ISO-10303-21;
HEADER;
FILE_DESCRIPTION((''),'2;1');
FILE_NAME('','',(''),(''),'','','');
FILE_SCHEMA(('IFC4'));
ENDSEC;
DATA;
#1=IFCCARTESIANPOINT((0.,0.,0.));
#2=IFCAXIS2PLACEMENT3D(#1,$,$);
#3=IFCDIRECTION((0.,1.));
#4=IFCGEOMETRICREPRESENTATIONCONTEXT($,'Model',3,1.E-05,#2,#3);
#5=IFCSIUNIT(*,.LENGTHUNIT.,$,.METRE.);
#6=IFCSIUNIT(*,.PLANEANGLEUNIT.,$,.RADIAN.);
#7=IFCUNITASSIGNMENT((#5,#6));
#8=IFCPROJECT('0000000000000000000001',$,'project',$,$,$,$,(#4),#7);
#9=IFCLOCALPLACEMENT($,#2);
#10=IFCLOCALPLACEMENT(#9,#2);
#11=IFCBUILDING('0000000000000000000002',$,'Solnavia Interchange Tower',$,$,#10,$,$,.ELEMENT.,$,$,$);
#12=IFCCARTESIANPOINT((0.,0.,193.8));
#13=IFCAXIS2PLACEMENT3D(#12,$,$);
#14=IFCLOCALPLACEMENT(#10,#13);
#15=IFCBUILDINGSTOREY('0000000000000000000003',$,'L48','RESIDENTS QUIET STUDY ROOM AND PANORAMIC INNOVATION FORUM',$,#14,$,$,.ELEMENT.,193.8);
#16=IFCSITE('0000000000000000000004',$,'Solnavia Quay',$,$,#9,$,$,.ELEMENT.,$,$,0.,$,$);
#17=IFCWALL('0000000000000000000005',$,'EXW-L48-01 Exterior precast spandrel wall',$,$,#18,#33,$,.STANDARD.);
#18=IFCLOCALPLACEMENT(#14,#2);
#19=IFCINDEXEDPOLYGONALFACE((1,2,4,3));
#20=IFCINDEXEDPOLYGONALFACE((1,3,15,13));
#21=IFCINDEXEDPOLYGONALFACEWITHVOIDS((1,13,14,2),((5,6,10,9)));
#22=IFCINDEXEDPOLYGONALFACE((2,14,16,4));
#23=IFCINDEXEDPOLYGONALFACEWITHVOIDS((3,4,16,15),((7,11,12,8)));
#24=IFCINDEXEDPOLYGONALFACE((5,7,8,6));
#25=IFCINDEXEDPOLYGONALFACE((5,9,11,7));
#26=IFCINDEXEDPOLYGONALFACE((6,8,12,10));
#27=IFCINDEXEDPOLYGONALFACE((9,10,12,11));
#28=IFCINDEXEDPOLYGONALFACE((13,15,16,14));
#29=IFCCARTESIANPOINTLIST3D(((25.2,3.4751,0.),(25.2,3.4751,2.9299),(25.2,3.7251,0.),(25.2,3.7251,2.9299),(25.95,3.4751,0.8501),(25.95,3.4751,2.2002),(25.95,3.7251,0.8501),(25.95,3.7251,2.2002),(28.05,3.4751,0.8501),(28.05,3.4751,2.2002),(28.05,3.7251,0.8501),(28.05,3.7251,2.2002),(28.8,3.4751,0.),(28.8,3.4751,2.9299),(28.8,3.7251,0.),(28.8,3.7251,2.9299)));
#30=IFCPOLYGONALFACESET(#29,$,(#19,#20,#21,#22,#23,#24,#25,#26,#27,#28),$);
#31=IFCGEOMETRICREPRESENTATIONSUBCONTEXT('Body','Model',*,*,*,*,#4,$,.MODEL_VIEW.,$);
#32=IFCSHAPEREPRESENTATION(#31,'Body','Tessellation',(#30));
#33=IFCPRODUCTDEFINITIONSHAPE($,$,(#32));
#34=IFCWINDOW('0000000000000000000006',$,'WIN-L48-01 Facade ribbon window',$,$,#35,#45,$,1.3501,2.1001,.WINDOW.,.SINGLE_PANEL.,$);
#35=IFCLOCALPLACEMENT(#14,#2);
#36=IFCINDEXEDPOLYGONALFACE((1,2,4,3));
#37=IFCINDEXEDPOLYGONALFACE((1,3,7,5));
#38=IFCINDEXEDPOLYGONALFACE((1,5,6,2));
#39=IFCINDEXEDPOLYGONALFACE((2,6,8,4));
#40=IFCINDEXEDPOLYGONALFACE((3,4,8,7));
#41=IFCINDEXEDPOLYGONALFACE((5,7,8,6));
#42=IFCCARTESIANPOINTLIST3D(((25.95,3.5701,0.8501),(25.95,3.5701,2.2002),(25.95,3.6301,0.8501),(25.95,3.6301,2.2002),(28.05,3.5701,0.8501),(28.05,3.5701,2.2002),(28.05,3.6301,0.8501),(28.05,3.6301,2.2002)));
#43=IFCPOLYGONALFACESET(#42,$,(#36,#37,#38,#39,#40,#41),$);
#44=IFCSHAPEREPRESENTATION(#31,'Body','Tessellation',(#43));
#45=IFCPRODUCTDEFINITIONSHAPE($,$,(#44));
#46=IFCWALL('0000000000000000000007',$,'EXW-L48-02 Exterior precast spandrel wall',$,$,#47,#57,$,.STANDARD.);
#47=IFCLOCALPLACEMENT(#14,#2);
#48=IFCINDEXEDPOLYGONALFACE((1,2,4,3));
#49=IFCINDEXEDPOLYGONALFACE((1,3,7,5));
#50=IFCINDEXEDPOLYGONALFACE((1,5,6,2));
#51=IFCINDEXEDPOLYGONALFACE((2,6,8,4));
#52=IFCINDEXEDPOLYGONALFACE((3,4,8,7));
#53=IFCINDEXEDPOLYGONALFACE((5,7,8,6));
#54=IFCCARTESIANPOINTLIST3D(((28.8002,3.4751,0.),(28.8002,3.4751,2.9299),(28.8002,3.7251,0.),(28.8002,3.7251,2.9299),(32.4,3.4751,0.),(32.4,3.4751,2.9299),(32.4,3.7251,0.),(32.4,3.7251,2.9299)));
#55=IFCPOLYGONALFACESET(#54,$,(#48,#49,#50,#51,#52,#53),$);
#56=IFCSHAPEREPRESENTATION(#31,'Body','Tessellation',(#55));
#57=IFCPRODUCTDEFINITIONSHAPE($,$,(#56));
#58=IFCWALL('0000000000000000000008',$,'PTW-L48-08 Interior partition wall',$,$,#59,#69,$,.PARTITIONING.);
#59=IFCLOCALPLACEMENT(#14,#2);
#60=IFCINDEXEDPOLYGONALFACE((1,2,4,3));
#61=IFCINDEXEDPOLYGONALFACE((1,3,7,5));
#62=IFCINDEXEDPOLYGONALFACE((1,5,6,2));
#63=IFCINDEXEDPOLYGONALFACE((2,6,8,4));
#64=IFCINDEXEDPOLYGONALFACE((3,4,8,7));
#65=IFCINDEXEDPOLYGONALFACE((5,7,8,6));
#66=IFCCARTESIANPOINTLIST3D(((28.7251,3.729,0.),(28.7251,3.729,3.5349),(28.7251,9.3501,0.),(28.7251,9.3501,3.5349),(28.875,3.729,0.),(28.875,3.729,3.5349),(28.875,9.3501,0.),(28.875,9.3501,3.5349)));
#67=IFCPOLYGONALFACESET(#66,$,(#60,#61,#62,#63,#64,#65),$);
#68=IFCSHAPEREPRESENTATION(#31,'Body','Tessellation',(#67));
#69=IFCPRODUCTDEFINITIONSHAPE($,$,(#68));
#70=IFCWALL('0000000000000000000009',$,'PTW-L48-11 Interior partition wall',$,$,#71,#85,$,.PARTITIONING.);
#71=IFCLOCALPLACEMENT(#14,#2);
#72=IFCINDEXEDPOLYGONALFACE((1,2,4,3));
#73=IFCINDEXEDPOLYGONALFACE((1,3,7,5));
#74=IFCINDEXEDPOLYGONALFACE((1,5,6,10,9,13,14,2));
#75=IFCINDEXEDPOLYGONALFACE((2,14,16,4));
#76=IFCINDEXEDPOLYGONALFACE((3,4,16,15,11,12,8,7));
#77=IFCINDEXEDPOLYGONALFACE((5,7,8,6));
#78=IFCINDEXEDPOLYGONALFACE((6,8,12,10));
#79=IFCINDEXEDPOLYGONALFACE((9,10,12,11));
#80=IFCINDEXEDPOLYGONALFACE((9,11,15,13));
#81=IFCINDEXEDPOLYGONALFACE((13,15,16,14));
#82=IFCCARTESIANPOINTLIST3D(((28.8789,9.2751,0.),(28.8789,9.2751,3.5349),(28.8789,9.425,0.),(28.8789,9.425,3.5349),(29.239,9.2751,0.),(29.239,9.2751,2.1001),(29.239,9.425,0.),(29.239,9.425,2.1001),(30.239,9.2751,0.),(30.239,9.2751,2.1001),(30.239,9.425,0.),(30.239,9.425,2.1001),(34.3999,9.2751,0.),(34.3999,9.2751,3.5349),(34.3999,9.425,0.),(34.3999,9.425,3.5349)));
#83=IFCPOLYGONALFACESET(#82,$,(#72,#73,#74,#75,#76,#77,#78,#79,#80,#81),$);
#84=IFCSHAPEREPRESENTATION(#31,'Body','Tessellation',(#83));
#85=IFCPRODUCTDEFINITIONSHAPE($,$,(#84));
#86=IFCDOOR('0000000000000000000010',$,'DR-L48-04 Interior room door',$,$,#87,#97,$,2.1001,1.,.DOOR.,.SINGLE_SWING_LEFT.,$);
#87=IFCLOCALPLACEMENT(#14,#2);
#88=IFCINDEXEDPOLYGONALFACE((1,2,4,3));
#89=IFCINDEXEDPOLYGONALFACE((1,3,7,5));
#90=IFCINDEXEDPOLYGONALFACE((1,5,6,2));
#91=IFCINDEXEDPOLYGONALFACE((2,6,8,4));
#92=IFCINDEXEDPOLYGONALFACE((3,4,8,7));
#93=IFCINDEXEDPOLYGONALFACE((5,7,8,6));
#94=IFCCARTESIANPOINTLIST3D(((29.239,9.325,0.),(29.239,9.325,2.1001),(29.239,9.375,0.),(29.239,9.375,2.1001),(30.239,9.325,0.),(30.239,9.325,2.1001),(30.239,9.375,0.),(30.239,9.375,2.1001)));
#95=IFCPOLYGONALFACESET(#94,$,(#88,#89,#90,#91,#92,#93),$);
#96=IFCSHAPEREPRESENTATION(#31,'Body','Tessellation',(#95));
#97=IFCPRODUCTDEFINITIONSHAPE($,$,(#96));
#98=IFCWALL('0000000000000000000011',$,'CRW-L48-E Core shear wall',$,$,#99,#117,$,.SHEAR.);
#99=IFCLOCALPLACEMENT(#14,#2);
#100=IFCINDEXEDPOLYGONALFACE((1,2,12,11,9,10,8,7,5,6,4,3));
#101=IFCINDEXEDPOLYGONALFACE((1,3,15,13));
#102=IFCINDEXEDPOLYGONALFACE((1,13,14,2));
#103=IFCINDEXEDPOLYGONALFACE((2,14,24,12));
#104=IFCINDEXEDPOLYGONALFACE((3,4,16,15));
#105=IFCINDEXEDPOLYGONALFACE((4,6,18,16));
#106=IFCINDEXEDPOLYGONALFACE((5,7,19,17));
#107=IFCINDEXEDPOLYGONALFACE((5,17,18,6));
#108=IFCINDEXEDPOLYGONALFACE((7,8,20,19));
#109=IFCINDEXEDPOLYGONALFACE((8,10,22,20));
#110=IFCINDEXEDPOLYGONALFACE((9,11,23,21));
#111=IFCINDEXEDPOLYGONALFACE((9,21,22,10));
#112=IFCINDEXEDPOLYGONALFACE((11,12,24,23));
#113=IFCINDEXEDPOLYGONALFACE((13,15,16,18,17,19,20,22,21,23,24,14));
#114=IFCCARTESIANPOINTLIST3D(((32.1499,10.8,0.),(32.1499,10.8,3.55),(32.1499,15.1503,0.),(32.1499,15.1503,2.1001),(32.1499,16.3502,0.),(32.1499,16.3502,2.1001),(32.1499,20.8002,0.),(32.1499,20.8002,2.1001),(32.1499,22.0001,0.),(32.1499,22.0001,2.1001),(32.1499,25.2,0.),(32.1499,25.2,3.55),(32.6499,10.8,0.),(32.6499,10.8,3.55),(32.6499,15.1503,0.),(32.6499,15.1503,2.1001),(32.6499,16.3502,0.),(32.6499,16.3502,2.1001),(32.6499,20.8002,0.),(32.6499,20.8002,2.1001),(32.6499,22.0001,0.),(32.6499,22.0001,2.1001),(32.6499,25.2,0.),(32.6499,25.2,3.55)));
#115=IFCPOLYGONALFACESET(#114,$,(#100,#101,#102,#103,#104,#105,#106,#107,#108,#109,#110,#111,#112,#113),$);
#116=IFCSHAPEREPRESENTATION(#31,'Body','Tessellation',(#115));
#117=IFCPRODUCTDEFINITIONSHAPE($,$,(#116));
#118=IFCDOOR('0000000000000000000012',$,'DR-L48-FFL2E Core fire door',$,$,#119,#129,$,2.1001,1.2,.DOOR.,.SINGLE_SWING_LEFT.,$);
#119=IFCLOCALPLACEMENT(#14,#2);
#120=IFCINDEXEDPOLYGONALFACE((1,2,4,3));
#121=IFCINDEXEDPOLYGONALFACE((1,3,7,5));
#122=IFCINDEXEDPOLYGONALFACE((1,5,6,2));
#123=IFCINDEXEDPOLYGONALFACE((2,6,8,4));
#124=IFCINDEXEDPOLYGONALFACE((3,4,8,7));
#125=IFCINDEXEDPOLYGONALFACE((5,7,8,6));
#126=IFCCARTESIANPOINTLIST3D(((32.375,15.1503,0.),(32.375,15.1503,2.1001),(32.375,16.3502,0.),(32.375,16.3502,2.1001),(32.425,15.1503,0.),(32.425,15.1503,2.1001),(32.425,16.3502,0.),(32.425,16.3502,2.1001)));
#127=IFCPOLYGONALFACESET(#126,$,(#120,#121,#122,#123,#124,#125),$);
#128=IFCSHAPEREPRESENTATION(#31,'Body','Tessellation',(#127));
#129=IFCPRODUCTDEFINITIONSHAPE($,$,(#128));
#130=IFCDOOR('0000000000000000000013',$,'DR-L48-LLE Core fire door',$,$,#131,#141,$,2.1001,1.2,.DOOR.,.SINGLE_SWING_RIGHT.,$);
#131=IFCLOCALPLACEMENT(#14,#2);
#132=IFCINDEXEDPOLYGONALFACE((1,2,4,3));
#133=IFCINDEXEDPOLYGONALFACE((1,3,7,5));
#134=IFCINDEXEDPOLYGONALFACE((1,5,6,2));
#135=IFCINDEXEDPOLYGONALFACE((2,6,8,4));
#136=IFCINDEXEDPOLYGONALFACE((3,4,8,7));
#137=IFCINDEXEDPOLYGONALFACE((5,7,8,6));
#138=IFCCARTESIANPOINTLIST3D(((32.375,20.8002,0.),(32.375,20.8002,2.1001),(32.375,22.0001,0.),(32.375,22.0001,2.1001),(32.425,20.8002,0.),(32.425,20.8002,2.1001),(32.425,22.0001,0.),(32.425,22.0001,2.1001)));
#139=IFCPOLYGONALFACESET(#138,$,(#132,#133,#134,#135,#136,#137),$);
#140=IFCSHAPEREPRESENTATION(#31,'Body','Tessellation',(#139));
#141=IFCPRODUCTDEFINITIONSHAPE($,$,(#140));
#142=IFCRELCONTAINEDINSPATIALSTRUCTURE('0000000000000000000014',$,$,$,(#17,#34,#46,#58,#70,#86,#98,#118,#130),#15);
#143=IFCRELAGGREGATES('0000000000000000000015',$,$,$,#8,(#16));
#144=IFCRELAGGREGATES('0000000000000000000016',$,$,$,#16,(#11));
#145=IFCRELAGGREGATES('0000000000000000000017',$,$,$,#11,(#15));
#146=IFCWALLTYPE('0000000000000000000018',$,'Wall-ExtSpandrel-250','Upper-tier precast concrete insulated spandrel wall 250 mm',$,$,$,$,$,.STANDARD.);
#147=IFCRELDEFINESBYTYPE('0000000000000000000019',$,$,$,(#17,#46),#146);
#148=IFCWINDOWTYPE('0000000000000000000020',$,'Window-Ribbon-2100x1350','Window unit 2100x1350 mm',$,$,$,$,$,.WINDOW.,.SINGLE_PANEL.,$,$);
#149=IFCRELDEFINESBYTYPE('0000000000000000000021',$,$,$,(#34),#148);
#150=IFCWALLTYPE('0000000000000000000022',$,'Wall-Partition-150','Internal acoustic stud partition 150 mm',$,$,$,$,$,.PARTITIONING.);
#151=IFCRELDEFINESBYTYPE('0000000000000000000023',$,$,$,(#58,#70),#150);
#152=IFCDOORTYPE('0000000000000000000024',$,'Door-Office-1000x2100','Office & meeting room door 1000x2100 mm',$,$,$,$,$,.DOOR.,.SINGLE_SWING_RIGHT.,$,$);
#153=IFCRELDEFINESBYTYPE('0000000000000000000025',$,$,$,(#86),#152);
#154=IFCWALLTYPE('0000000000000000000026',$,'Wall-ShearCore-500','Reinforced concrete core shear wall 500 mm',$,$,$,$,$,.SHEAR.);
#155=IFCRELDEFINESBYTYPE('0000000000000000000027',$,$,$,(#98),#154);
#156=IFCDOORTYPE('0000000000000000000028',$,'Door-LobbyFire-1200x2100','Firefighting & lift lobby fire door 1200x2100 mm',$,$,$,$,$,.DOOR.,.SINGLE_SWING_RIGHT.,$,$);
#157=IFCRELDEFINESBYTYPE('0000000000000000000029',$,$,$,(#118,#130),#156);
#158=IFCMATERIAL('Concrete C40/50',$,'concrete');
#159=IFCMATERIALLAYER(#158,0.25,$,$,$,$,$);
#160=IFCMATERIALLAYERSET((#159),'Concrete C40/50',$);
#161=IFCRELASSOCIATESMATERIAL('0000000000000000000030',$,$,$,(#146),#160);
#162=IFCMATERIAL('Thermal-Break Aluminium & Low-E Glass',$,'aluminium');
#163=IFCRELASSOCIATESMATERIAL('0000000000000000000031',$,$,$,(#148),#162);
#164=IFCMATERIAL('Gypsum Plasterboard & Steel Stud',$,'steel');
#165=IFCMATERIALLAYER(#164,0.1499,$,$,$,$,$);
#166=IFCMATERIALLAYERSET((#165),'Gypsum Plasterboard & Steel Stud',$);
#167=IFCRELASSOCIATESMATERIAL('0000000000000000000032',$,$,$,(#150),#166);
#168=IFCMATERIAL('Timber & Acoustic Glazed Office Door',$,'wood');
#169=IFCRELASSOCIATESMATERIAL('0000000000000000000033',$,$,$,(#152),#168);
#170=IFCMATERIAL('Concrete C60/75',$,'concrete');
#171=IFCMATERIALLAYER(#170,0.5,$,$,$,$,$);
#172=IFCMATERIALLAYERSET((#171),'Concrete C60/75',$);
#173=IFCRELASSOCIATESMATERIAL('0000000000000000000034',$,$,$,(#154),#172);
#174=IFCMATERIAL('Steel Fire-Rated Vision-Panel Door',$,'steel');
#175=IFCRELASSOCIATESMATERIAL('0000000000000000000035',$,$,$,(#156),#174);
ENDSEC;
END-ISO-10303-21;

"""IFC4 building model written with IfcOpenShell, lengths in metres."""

from ifc_helpers import new_model, si_unit, direction, frame, frame_2d, origin, place, context, subcontext, project, spatial, rectangle, extrude, material, layer, layer_set, type_object, element, fill, save


model = new_model("IFC4")

# Units and contexts
model_context = context("Model", 3, precision=1e-05, world=origin(), true_north=direction((0.0, 1.0)))
body_context = subcontext(model_context, "Body", "Model", "MODEL_VIEW")
ifc_project = project(units=[si_unit("LENGTHUNIT", "METRE"), si_unit("PLANEANGLEUNIT", "RADIAN")], contexts=[model_context])

# Site, building, storey
site_placement = place(None, origin())
site = spatial("IfcSite", under=ifc_project, at=site_placement, Name="Solnavia Quay", CompositionType="ELEMENT", RefElevation=0.0)
building_placement = place(site_placement, origin())
building = spatial("IfcBuilding", under=site, at=building_placement, Name="Solnavia Interchange Tower", CompositionType="ELEMENT")
storey_placement = place(building_placement, frame((0.0, 0.0, 193.8)))
storey = spatial("IfcBuildingStorey", under=building, at=storey_placement, Name="L48", Description="RESIDENTS QUIET STUDY ROOM AND PANORAMIC INNOVATION FORUM", CompositionType="ELEMENT", Elevation=193.8)

# Wall, opening, window
ifc_material_1 = material(Name="Concrete C40/50", Category="concrete")
ifc_layer_1 = layer(ifc_material_1, 0.25)
ifc_layer_set_1 = layer_set([ifc_layer_1], Name="Concrete C40/50")
wall_type_1 = type_object("IfcWallType", Name="Wall-ExtSpandrel-250", Description="Upper-tier precast concrete insulated spandrel wall 250 mm", PredefinedType="STANDARD", material=ifc_layer_set_1)
wall_1_placement = place(storey_placement, frame((28.8, 3.6001, 0.0), z_axis=(0.0, 0.0, 1.0), x_axis=(-1.0, 0.0, 0.0)))
wall_1 = element("IfcWall", 1, at=wall_1_placement, inside=storey, type_object=wall_type_1, Name="EXW-L48-01 Exterior precast spandrel wall", PredefinedType="STANDARD", context=body_context, shape_type="SweptSolid", body=[
    extrude(rectangle(XDim=3.6001, YDim=0.25, at=frame_2d((1.8, 0.0))), origin(), (0.0, 0.0, 1.0), 2.9299),
])
opening_1_placement = place(wall_1_placement, frame((0.75, 0.0, 0.8501)))
opening_1 = element("IfcOpeningElement", 2, at=opening_1_placement, cuts=wall_1, PredefinedType="OPENING", context=body_context, shape_type="SweptSolid", body=[
    extrude(rectangle(XDim=2.1001, YDim=1.3501, at=frame_2d((1.05, 0.675))), frame((0.0, 0.135, 0.0), z_axis=(0.0, -1.0, 0.0), x_axis=(1.0, 0.0, 0.0)), (0.0, 0.0, 1.0), 0.27),
])
ifc_material_2 = material(Name="Thermal-Break Aluminium & Low-E Glass", Category="aluminium")
window_type = type_object("IfcWindowType", Name="Window-Ribbon-2100x1350", Description="Window unit 2100x1350 mm", PartitioningType="SINGLE_PANEL", PredefinedType="WINDOW", material=ifc_material_2)
window_placement = place(opening_1_placement, origin())
window = element("IfcWindow", 3, at=window_placement, inside=storey, type_object=window_type, Name="WIN-L48-01 Facade ribbon window", OverallHeight=1.3501, OverallWidth=2.1001, PartitioningType="SINGLE_PANEL", PredefinedType="WINDOW", context=body_context, shape_type="SweptSolid", body=[
    extrude(rectangle(XDim=2.1001, YDim=1.3501, at=frame_2d((1.05, 0.675))), frame((0.0, 0.03, 0.0), z_axis=(0.0, -1.0, 0.0), x_axis=(1.0, 0.0, 0.0)), (0.0, 0.0, 1.0), 0.0601),
])
fill(opening_1, window)

# Walls
wall_2_placement = place(storey_placement, frame((32.3999, 3.6001, 0.0), z_axis=(0.0, 0.0, 1.0), x_axis=(-1.0, 0.0, 0.0)))
element("IfcWall", 4, at=wall_2_placement, inside=storey, type_object=wall_type_1, Name="EXW-L48-02 Exterior precast spandrel wall", PredefinedType="STANDARD", context=body_context, shape_type="SweptSolid", body=[
    extrude(rectangle(XDim=3.5999, YDim=0.25, at=frame_2d((1.7998, 0.0))), origin(), (0.0, 0.0, 1.0), 2.9299),
])
ifc_material_3 = material(Name="Gypsum Plasterboard & Steel Stud", Category="steel")
ifc_layer_2 = layer(ifc_material_3, 0.1499)
ifc_layer_set_2 = layer_set([ifc_layer_2], Name="Gypsum Plasterboard & Steel Stud")
wall_type_2 = type_object("IfcWallType", Name="Wall-Partition-150", Description="Internal acoustic stud partition 150 mm", PredefinedType="PARTITIONING", material=ifc_layer_set_2)
wall_3_placement = place(storey_placement, frame((28.8, 9.3501, 0.0), z_axis=(0.0, 0.0, 1.0), x_axis=(0.0, -1.0, 0.0)))
element("IfcWall", 5, at=wall_3_placement, inside=storey, type_object=wall_type_2, Name="PTW-L48-08 Interior partition wall", PredefinedType="PARTITIONING", context=body_context, shape_type="SweptSolid", body=[
    extrude(rectangle(XDim=5.6211, YDim=0.1499, at=frame_2d((2.8105, 0.0))), origin(), (0.0, 0.0, 1.0), 3.5349),
])

# Wall, opening, door
wall_4_placement = place(storey_placement, frame((28.8789, 9.3501, 0.0), z_axis=(0.0, 0.0, 1.0), x_axis=(1.0, 0.0, 0.0)))
wall_4 = element("IfcWall", 6, at=wall_4_placement, inside=storey, type_object=wall_type_2, Name="PTW-L48-11 Interior partition wall", PredefinedType="PARTITIONING", context=body_context, shape_type="SweptSolid", body=[
    extrude(rectangle(XDim=5.521, YDim=0.1499, at=frame_2d((2.7605, 0.0))), origin(), (0.0, 0.0, 1.0), 3.5349),
])
opening_2_placement = place(wall_4_placement, frame((0.3601, 0.0, 0.0)))
opening_2 = element("IfcOpeningElement", 7, at=opening_2_placement, cuts=wall_4, PredefinedType="OPENING", context=body_context, shape_type="SweptSolid", body=[
    extrude(rectangle(XDim=1.0, YDim=2.1001, at=frame_2d((0.5, 1.05))), frame((0.0, 0.085, 0.0), z_axis=(0.0, -1.0, 0.0), x_axis=(1.0, 0.0, 0.0)), (0.0, 0.0, 1.0), 0.1699),
])
ifc_material_4 = material(Name="Timber & Acoustic Glazed Office Door", Category="wood")
door_type_1 = type_object("IfcDoorType", Name="Door-Office-1000x2100", Description="Office & meeting room door 1000x2100 mm", OperationType="SINGLE_SWING_RIGHT", PredefinedType="DOOR", material=ifc_material_4)
door_1_placement = place(opening_2_placement, origin())
door_1 = element("IfcDoor", 8, at=door_1_placement, inside=storey, type_object=door_type_1, Name="DR-L48-04 Interior room door", OperationType="SINGLE_SWING_LEFT", OverallHeight=2.1001, OverallWidth=1.0, PredefinedType="DOOR", context=body_context, shape_type="SweptSolid", body=[
    extrude(rectangle(XDim=1.0, YDim=2.1001, at=frame_2d((0.5, 1.05))), frame((0.0, 0.0249, 0.0), z_axis=(0.0, -1.0, 0.0), x_axis=(1.0, 0.0, 0.0)), (0.0, 0.0, 1.0), 0.05),
])
fill(opening_2, door_1)

# Wall, openings, doors
ifc_material_5 = material(Name="Concrete C60/75", Category="concrete")
ifc_layer_3 = layer(ifc_material_5, 0.5)
ifc_layer_set_3 = layer_set([ifc_layer_3], Name="Concrete C60/75")
wall_type_3 = type_object("IfcWallType", Name="Wall-ShearCore-500", Description="Reinforced concrete core shear wall 500 mm", PredefinedType="SHEAR", material=ifc_layer_set_3)
wall_5_placement = place(storey_placement, frame((32.3999, 10.8, 0.0), z_axis=(0.0, 0.0, 1.0), x_axis=(0.0, 1.0, 0.0)))
wall_5 = element("IfcWall", 9, at=wall_5_placement, inside=storey, type_object=wall_type_3, Name="CRW-L48-E Core shear wall", PredefinedType="SHEAR", context=body_context, shape_type="SweptSolid", body=[
    extrude(rectangle(XDim=14.3999, YDim=0.5, at=frame_2d((7.2, 0.0))), origin(), (0.0, 0.0, 1.0), 3.55),
])
opening_3_placement = place(wall_5_placement, frame((4.3501, 0.0, 0.0)))
opening_3 = element("IfcOpeningElement", 10, at=opening_3_placement, cuts=wall_5, PredefinedType="OPENING", context=body_context, shape_type="SweptSolid", body=[
    extrude(rectangle(XDim=1.2, YDim=2.1001, at=frame_2d((0.6001, 1.05))), frame((0.0, 0.26, 0.0), z_axis=(0.0, -1.0, 0.0), x_axis=(1.0, 0.0, 0.0)), (0.0, 0.0, 1.0), 0.52),
])
opening_4_placement = place(wall_5_placement, frame((10.0, 0.0, 0.0)))
opening_4 = element("IfcOpeningElement", 11, at=opening_4_placement, cuts=wall_5, PredefinedType="OPENING", context=body_context, shape_type="SweptSolid", body=[
    extrude(rectangle(XDim=1.2, YDim=2.1001, at=frame_2d((0.6001, 1.05))), frame((0.0, 0.26, 0.0), z_axis=(0.0, -1.0, 0.0), x_axis=(1.0, 0.0, 0.0)), (0.0, 0.0, 1.0), 0.52),
])
ifc_material_6 = material(Name="Steel Fire-Rated Vision-Panel Door", Category="steel")
door_type_2 = type_object("IfcDoorType", Name="Door-LobbyFire-1200x2100", Description="Firefighting & lift lobby fire door 1200x2100 mm", OperationType="SINGLE_SWING_RIGHT", PredefinedType="DOOR", material=ifc_material_6)
door_2_placement = place(opening_3_placement, origin())
door_2 = element("IfcDoor", 12, at=door_2_placement, inside=storey, type_object=door_type_2, Name="DR-L48-FFL2E Core fire door", OperationType="SINGLE_SWING_LEFT", OverallHeight=2.1001, OverallWidth=1.2, PredefinedType="DOOR", context=body_context, shape_type="SweptSolid", body=[
    extrude(rectangle(XDim=1.2, YDim=2.1001, at=frame_2d((0.6001, 1.05))), frame((0.0, 0.0249, 0.0), z_axis=(0.0, -1.0, 0.0), x_axis=(1.0, 0.0, 0.0)), (0.0, 0.0, 1.0), 0.05),
])
fill(opening_3, door_2)
door_3_placement = place(opening_4_placement, origin())
door_3 = element("IfcDoor", 13, at=door_3_placement, inside=storey, type_object=door_type_2, Name="DR-L48-LLE Core fire door", OperationType="SINGLE_SWING_RIGHT", OverallHeight=2.1001, OverallWidth=1.2, PredefinedType="DOOR", context=body_context, shape_type="SweptSolid", body=[
    extrude(rectangle(XDim=1.2, YDim=2.1001, at=frame_2d((0.6001, 1.05))), frame((0.0, 0.0249, 0.0), z_axis=(0.0, -1.0, 0.0), x_axis=(1.0, 0.0, 0.0)), (0.0, 0.0, 1.0), 0.05),
])
fill(opening_4, door_3)

save(model, "model.ifc")
